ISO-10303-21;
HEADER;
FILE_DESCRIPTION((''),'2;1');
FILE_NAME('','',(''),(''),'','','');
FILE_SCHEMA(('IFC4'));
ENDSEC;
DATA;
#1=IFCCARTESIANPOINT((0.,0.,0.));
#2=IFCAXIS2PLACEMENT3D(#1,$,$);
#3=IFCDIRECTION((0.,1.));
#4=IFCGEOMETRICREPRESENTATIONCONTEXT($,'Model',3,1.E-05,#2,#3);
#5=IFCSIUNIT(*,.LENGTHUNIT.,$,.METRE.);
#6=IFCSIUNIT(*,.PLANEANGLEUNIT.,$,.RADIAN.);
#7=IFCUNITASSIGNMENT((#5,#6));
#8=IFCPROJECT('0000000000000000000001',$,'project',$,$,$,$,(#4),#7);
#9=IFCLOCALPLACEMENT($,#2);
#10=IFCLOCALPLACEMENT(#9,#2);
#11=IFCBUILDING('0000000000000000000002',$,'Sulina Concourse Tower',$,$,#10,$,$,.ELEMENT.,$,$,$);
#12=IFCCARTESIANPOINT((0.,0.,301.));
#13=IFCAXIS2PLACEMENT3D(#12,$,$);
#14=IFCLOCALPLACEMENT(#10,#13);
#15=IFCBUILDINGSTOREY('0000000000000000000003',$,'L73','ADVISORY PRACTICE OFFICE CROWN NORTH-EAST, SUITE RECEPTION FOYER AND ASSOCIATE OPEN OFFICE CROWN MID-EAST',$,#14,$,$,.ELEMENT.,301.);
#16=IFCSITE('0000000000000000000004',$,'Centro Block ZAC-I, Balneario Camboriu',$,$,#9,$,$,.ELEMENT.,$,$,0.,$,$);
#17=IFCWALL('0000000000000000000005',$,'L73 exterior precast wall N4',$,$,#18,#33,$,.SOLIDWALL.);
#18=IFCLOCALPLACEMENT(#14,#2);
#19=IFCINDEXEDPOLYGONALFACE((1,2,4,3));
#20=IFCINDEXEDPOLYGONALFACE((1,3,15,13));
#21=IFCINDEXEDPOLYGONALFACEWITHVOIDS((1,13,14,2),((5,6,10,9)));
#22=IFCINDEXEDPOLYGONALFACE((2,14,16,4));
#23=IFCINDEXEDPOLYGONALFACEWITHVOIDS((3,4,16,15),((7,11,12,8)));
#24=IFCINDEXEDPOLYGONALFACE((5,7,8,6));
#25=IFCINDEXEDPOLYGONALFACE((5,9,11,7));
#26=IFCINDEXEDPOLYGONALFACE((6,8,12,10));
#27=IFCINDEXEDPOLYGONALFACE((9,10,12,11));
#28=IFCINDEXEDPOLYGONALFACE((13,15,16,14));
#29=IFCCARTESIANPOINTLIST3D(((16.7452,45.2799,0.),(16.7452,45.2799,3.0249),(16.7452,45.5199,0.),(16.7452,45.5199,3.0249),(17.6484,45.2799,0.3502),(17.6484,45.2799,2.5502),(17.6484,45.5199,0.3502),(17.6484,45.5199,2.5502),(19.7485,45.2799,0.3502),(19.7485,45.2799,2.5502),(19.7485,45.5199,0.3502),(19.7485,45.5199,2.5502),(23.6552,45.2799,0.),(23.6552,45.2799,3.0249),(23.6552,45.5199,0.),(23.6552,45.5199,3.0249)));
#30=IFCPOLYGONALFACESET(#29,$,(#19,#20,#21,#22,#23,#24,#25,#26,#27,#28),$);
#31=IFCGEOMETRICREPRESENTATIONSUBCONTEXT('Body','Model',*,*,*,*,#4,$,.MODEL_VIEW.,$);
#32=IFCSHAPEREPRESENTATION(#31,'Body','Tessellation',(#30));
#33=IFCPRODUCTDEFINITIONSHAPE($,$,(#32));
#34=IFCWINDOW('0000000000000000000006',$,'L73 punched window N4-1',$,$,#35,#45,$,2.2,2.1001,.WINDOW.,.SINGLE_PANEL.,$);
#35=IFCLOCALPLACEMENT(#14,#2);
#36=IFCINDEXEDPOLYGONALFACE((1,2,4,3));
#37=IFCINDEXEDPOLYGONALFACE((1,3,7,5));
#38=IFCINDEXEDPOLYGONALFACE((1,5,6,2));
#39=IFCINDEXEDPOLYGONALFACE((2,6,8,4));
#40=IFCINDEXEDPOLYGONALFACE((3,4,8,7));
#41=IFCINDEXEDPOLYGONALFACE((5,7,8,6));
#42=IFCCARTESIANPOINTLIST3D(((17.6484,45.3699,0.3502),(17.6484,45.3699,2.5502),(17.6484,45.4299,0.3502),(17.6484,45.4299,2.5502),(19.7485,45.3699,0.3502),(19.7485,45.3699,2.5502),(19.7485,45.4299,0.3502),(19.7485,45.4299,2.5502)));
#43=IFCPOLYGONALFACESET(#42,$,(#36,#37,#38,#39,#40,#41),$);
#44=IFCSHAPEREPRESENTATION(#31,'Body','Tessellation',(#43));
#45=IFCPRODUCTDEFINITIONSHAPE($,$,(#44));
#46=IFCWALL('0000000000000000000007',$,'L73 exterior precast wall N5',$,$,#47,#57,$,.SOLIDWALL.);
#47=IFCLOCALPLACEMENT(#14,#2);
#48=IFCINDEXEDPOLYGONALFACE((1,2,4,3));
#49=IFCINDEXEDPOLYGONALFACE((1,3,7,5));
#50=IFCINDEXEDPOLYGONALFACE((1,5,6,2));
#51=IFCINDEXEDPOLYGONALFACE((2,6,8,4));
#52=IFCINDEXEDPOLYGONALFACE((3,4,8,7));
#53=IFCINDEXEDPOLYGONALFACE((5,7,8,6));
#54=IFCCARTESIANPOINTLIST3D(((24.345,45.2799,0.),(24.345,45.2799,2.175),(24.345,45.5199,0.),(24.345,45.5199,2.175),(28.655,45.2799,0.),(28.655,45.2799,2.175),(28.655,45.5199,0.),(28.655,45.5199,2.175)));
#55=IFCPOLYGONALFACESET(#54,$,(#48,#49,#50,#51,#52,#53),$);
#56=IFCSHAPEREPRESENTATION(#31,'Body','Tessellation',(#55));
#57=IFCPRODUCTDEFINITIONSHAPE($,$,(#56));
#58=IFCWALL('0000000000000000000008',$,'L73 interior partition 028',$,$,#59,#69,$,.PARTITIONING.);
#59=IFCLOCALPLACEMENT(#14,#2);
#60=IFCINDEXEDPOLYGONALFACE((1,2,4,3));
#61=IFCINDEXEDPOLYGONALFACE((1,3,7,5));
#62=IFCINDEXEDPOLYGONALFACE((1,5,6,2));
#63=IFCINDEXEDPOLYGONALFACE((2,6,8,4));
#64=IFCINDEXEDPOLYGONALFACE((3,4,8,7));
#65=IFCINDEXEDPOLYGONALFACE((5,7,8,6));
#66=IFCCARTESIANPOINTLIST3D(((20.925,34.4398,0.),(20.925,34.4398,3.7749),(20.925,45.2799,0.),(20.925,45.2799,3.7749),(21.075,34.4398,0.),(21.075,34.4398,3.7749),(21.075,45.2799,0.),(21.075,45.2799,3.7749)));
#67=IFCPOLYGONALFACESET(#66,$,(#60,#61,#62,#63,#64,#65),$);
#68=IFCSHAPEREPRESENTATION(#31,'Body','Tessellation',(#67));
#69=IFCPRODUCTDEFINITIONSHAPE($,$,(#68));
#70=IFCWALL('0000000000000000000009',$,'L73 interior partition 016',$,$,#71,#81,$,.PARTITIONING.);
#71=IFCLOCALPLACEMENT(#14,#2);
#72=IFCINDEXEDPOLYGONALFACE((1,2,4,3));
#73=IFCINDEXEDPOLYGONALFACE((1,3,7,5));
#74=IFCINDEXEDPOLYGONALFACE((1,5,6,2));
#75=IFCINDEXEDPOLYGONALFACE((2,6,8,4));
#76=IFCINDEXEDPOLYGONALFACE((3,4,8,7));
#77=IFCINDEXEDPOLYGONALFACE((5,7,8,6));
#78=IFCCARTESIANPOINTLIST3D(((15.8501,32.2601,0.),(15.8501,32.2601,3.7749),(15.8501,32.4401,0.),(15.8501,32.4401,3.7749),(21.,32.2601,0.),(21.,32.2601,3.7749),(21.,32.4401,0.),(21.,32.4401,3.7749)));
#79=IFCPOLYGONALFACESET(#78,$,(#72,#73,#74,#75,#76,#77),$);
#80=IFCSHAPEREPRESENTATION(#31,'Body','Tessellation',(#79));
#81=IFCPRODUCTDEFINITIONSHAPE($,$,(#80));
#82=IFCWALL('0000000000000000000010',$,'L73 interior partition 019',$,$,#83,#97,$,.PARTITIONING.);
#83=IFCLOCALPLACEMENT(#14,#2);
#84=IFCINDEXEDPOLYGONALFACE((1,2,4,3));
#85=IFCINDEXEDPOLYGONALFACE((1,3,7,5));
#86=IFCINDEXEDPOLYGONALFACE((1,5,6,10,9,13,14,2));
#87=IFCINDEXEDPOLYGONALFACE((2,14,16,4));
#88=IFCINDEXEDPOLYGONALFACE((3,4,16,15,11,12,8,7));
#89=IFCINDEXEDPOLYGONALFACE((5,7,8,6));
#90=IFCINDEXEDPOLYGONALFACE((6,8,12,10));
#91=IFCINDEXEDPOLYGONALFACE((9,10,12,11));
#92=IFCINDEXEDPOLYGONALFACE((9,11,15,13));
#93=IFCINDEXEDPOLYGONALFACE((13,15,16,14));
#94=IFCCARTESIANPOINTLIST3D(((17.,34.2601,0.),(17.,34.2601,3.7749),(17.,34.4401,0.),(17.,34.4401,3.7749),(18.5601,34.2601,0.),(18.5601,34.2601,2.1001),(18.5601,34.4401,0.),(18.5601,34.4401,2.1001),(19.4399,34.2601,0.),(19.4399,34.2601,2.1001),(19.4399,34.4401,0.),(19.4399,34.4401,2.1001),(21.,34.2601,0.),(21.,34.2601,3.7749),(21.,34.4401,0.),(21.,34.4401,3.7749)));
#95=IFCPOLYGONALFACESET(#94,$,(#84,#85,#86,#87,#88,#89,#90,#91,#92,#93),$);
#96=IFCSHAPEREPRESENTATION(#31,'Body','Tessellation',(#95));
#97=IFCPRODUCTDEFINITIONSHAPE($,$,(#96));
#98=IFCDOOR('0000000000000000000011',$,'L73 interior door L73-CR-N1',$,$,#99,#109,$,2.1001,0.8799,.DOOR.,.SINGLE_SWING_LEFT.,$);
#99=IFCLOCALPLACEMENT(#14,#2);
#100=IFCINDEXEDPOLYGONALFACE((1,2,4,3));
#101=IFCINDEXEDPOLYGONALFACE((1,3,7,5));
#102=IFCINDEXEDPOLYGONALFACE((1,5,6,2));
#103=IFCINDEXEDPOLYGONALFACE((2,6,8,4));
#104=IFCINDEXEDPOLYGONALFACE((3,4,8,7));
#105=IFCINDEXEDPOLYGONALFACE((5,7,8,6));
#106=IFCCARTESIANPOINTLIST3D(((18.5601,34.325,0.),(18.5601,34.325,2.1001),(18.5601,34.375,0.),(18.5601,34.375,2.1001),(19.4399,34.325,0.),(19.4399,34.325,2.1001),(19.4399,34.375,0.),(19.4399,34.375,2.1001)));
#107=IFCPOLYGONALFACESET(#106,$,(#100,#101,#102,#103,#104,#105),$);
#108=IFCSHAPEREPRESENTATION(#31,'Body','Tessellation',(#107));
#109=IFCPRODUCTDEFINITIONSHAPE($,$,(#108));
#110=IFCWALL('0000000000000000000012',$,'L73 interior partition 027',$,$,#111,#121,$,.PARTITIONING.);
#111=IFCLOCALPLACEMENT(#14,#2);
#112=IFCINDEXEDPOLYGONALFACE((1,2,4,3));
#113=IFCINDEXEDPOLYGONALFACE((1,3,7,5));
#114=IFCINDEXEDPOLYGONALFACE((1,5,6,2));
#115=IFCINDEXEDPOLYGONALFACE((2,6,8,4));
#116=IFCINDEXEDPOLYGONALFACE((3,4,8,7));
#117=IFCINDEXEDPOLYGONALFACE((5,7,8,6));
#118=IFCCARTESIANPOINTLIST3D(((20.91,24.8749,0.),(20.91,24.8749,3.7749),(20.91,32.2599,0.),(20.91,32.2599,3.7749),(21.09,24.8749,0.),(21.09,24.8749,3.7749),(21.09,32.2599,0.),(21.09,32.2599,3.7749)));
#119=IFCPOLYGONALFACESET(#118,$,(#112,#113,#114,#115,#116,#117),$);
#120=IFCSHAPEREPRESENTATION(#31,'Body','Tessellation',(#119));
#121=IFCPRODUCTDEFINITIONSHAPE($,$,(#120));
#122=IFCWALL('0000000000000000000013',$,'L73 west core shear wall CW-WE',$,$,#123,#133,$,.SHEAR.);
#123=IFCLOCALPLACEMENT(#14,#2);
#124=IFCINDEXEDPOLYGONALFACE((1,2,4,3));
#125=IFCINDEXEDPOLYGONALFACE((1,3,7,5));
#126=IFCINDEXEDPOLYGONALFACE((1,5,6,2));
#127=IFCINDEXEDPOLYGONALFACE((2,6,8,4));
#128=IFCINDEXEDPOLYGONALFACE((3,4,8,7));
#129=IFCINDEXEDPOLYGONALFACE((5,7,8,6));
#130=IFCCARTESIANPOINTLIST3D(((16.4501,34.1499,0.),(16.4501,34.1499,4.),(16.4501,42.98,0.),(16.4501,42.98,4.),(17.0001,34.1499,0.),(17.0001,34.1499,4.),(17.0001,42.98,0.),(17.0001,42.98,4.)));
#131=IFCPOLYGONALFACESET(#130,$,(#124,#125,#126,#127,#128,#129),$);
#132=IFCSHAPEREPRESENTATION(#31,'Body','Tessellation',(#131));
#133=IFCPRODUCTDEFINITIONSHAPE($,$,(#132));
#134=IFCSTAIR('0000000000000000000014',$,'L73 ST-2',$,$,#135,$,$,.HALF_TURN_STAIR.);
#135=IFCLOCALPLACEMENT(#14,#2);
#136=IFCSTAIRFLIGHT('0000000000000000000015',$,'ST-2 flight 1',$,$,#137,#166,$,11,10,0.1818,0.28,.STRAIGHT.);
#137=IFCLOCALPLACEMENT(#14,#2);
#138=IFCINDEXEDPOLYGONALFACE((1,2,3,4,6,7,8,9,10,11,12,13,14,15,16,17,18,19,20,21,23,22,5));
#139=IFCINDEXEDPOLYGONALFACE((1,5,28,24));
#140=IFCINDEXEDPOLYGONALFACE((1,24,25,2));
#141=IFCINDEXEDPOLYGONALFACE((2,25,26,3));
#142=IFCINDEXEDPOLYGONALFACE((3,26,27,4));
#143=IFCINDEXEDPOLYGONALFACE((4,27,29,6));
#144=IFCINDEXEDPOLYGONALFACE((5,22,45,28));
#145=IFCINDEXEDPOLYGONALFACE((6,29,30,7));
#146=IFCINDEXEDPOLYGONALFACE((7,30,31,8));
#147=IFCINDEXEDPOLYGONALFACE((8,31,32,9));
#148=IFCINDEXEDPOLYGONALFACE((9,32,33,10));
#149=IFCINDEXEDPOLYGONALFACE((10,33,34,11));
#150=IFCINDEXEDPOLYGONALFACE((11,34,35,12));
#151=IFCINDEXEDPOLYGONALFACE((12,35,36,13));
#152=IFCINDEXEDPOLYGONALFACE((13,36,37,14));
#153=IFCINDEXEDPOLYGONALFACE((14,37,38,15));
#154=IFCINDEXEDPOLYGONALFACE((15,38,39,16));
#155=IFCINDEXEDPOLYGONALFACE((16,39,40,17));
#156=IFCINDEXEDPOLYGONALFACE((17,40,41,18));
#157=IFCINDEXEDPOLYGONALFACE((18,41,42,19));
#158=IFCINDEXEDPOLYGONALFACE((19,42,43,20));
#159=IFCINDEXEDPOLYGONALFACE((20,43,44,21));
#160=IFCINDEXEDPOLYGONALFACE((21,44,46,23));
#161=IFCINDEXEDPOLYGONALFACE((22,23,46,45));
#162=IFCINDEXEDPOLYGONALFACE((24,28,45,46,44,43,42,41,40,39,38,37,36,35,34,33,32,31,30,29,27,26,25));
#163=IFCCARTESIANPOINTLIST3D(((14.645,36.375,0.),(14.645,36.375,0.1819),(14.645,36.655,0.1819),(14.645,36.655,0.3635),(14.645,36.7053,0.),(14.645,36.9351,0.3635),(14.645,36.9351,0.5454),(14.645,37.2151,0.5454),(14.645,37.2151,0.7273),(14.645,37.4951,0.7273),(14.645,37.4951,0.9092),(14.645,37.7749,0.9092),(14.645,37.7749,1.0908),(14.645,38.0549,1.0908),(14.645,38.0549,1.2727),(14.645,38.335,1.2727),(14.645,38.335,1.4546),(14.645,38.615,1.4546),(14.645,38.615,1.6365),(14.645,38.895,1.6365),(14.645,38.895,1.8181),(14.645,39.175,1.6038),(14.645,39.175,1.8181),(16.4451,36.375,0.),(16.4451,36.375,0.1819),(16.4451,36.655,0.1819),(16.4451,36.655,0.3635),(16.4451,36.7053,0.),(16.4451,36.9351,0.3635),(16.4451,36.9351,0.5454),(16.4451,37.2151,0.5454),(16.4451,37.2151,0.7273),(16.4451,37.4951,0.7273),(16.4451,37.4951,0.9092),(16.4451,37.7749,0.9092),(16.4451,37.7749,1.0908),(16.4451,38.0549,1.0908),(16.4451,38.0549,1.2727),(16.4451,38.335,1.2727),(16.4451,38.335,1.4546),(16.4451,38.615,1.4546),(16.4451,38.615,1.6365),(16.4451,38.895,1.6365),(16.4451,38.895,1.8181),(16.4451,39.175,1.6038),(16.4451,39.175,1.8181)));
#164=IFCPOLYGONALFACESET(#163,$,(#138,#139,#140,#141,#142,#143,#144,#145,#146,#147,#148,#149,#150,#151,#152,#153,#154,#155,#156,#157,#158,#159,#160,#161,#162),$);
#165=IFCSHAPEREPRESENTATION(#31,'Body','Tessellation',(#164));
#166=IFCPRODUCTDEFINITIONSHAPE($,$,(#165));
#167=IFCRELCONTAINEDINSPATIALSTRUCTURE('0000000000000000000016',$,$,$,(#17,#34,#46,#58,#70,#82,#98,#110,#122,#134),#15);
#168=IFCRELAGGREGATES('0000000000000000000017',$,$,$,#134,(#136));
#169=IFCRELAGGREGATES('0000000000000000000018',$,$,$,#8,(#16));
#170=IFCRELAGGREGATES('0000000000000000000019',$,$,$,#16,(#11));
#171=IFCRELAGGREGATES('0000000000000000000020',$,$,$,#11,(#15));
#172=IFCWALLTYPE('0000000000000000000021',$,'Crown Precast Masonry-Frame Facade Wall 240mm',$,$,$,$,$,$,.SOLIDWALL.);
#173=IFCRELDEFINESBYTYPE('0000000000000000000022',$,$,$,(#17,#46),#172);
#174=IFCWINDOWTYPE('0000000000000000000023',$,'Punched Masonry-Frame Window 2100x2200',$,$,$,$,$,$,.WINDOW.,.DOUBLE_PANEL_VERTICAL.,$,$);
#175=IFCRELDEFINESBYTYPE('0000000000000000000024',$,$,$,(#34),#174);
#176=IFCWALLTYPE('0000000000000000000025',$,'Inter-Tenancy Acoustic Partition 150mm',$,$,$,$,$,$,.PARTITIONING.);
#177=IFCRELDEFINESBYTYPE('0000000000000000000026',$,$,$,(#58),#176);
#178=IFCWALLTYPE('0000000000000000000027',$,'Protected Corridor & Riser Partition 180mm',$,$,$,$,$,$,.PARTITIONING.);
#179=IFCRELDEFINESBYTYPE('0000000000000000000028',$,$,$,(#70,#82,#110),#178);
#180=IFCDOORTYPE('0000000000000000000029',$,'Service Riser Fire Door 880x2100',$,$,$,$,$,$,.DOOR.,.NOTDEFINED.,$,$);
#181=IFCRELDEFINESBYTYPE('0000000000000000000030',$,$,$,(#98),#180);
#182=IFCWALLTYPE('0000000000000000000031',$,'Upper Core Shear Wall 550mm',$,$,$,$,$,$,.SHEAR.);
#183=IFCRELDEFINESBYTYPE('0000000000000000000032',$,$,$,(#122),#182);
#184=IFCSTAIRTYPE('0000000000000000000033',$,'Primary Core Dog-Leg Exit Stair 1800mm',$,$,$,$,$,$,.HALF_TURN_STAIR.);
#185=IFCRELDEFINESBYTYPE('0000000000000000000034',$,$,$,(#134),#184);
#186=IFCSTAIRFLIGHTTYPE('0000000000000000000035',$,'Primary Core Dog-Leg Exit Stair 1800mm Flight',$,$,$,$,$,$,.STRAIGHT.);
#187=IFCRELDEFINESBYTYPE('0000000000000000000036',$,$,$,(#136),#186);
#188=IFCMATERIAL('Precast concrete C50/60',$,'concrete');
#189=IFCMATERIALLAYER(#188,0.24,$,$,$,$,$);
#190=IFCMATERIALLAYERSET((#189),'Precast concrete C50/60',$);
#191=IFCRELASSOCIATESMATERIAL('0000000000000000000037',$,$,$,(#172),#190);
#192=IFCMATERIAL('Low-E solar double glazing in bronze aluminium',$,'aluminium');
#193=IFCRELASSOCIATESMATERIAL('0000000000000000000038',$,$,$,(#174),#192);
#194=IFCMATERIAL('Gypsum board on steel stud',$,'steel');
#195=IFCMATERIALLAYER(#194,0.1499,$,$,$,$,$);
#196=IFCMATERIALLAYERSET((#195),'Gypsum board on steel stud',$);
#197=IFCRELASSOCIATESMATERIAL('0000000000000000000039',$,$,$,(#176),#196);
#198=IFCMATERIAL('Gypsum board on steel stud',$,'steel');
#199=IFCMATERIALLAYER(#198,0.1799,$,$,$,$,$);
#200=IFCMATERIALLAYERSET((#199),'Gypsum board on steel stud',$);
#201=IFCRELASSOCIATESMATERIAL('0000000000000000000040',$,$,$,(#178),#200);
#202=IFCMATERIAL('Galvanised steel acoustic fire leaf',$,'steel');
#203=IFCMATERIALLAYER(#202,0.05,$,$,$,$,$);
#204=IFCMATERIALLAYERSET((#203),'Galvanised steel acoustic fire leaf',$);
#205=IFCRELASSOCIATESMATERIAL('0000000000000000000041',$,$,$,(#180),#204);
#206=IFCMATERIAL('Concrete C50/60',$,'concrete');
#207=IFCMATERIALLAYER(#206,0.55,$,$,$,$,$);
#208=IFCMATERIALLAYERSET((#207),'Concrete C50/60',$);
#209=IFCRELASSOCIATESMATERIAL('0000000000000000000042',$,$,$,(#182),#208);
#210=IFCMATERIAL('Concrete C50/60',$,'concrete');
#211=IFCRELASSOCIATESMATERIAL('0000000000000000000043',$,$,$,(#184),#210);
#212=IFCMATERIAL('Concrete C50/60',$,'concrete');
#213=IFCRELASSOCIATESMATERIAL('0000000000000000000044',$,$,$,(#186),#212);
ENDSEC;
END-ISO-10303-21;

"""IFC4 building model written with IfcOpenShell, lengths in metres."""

from ifc_helpers import new_model, si_unit, direction, frame, frame_2d, origin, place, context, subcontext, project, spatial, polyline, rectangle, outline, extrude, material, layer, layer_set, type_object, element, fill, aggregate, save


model = new_model("IFC4")

# Units and contexts
model_context = context("Model", 3, precision=1e-05, world=origin(), true_north=direction((0.0, 1.0)))
body_context = subcontext(model_context, "Body", "Model", "MODEL_VIEW")
ifc_project = project(units=[si_unit("LENGTHUNIT", "METRE"), si_unit("PLANEANGLEUNIT", "RADIAN")], contexts=[model_context])

# Site, building, storey
site_placement = place(None, origin())
site = spatial("IfcSite", under=ifc_project, at=site_placement, Name="Centro Block ZAC-I, Balneario Camboriu", CompositionType="ELEMENT", RefElevation=0.0)
building_placement = place(site_placement, origin())
building = spatial("IfcBuilding", under=site, at=building_placement, Name="Sulina Concourse Tower", CompositionType="ELEMENT")
storey_placement = place(building_placement, frame((0.0, 0.0, 301.0)))
storey = spatial("IfcBuildingStorey", under=building, at=storey_placement, Name="L73", Description="ADVISORY PRACTICE OFFICE CROWN NORTH-EAST, SUITE RECEPTION FOYER AND ASSOCIATE OPEN OFFICE CROWN MID-EAST", CompositionType="ELEMENT", Elevation=301.0)

# Shared definitions
ifc_material_1 = material(Name="Precast concrete C50/60", Category="concrete")
ifc_layer_1 = layer(ifc_material_1, 0.24)
ifc_layer_set_1 = layer_set([ifc_layer_1], Name="Precast concrete C50/60")
wall_type_1 = type_object("IfcWallType", Name="Crown Precast Masonry-Frame Facade Wall 240mm", PredefinedType="SOLIDWALL", material=ifc_layer_set_1)

# Wall, opening, window
wall_1_placement = place(storey_placement, frame((16.7451, 45.3999, 0.0), z_axis=(0.0, 0.0, 1.0), x_axis=(1.0, 0.0, 0.0)))
wall_1 = element("IfcWall", 1, at=wall_1_placement, inside=storey, type_object=wall_type_1, Name="L73 exterior precast wall N4", PredefinedType="SOLIDWALL", context=body_context, shape_type="SweptSolid", body=[
    extrude(rectangle(XDim=6.9099, YDim=0.24, at=frame_2d((3.4551, 0.0))), origin(), (0.0, 0.0, 1.0), 3.0249),
])
opening_1_placement = place(wall_1_placement, frame((0.9033, 0.0, 0.3501)))
opening_1 = element("IfcOpeningElement", 2, at=opening_1_placement, cuts=wall_1, PredefinedType="OPENING", context=body_context, shape_type="SweptSolid", body=[
    extrude(rectangle(XDim=2.1001, YDim=2.2, at=frame_2d((1.05, 1.1001))), frame((0.0, 0.1299, 0.0), z_axis=(0.0, -1.0, 0.0), x_axis=(1.0, 0.0, 0.0)), (0.0, 0.0, 1.0), 0.26),
])
ifc_material_2 = material(Name="Low-E solar double glazing in bronze aluminium", Category="aluminium")
window_type = type_object("IfcWindowType", Name="Punched Masonry-Frame Window 2100x2200", PartitioningType="DOUBLE_PANEL_VERTICAL", PredefinedType="WINDOW", material=ifc_material_2)
window_placement = place(opening_1_placement, origin())
window = element("IfcWindow", 3, at=window_placement, inside=storey, type_object=window_type, Name="L73 punched window N4-1", OverallHeight=2.2, OverallWidth=2.1001, PartitioningType="SINGLE_PANEL", PredefinedType="WINDOW", context=body_context, shape_type="SweptSolid", body=[
    extrude(rectangle(XDim=2.1001, YDim=2.2, at=frame_2d((1.05, 1.1001))), frame((0.0, 0.03, 0.0), z_axis=(0.0, -1.0, 0.0), x_axis=(1.0, 0.0, 0.0)), (0.0, 0.0, 1.0), 0.0601),
])
fill(opening_1, window)

# Walls
wall_2_placement = place(storey_placement, frame((24.345, 45.3999, 0.0), z_axis=(0.0, 0.0, 1.0), x_axis=(1.0, 0.0, 0.0)))
element("IfcWall", 4, at=wall_2_placement, inside=storey, type_object=wall_type_1, Name="L73 exterior precast wall N5", PredefinedType="SOLIDWALL", context=body_context, shape_type="SweptSolid", body=[
    extrude(rectangle(XDim=4.3101, YDim=0.24, at=frame_2d((2.155, 0.0))), origin(), (0.0, 0.0, 1.0), 2.175),
])
ifc_material_3 = material(Name="Gypsum board on steel stud", Category="steel")
ifc_layer_2 = layer(ifc_material_3, 0.1499)
ifc_layer_set_2 = layer_set([ifc_layer_2], Name="Gypsum board on steel stud")
wall_type_2 = type_object("IfcWallType", Name="Inter-Tenancy Acoustic Partition 150mm", PredefinedType="PARTITIONING", material=ifc_layer_set_2)
wall_3_placement = place(storey_placement, frame((21.0, 34.4399, 0.0), z_axis=(0.0, 0.0, 1.0), x_axis=(0.0, 1.0, 0.0)))
element("IfcWall", 5, at=wall_3_placement, inside=storey, type_object=wall_type_2, Name="L73 interior partition 028", PredefinedType="PARTITIONING", context=body_context, shape_type="SweptSolid", body=[
    extrude(rectangle(XDim=10.8401, YDim=0.1499, at=frame_2d((5.4199, 0.0))), origin(), (0.0, 0.0, 1.0), 3.7749),
])
ifc_material_4 = material(Name="Gypsum board on steel stud", Category="steel")
ifc_layer_3 = layer(ifc_material_4, 0.1799)
ifc_layer_set_3 = layer_set([ifc_layer_3], Name="Gypsum board on steel stud")
wall_type_3 = type_object("IfcWallType", Name="Protected Corridor & Riser Partition 180mm", PredefinedType="PARTITIONING", material=ifc_layer_set_3)
wall_4_placement = place(storey_placement, frame((15.8501, 32.3501, 0.0), z_axis=(0.0, 0.0, 1.0), x_axis=(1.0, 0.0, 0.0)))
element("IfcWall", 6, at=wall_4_placement, inside=storey, type_object=wall_type_3, Name="L73 interior partition 016", PredefinedType="PARTITIONING", context=body_context, shape_type="SweptSolid", body=[
    extrude(rectangle(XDim=5.1499, YDim=0.1799, at=frame_2d((2.575, 0.0))), origin(), (0.0, 0.0, 1.0), 3.7749),
])

# Wall, opening, door
wall_5_placement = place(storey_placement, frame((17.0, 34.3501, 0.0), z_axis=(0.0, 0.0, 1.0), x_axis=(1.0, 0.0, 0.0)))
wall_5 = element("IfcWall", 7, at=wall_5_placement, inside=storey, type_object=wall_type_3, Name="L73 interior partition 019", PredefinedType="PARTITIONING", context=body_context, shape_type="SweptSolid", body=[
    extrude(rectangle(XDim=4.0, YDim=0.1799, at=frame_2d((2.0, 0.0))), origin(), (0.0, 0.0, 1.0), 3.7749),
])
opening_2_placement = place(wall_5_placement, frame((1.5601, 0.0, 0.0)))
opening_2 = element("IfcOpeningElement", 8, at=opening_2_placement, cuts=wall_5, PredefinedType="OPENING", context=body_context, shape_type="SweptSolid", body=[
    extrude(rectangle(XDim=0.8799, YDim=2.1001, at=frame_2d((0.4399, 1.05))), frame((0.0, 0.0999, 0.0), z_axis=(0.0, -1.0, 0.0), x_axis=(1.0, 0.0, 0.0)), (0.0, 0.0, 1.0), 0.2),
])
ifc_material_5 = material(Name="Galvanised steel acoustic fire leaf", Category="steel")
ifc_layer_4 = layer(ifc_material_5, 0.05)
ifc_layer_set_4 = layer_set([ifc_layer_4], Name="Galvanised steel acoustic fire leaf")
door_type_1 = type_object("IfcDoorType", Name="Service Riser Fire Door 880x2100", OperationType="NOTDEFINED", PredefinedType="DOOR", material=ifc_layer_set_4)
door_1_placement = place(opening_2_placement, origin())
door_1 = element("IfcDoor", 9, at=door_1_placement, inside=storey, type_object=door_type_1, Name="L73 interior door L73-CR-N1", OperationType="SINGLE_SWING_LEFT", OverallHeight=2.1001, OverallWidth=0.8799, PredefinedType="DOOR", context=body_context, shape_type="SweptSolid", body=[
    extrude(rectangle(XDim=0.8799, YDim=2.1001, at=frame_2d((0.4399, 1.05))), frame((0.0, 0.0249, 0.0), z_axis=(0.0, -1.0, 0.0), x_axis=(1.0, 0.0, 0.0)), (0.0, 0.0, 1.0), 0.05),
])
fill(opening_2, door_1)

# Walls
wall_6_placement = place(storey_placement, frame((21.0, 24.875, 0.0), z_axis=(0.0, 0.0, 1.0), x_axis=(0.0, 1.0, 0.0)))
element("IfcWall", 10, at=wall_6_placement, inside=storey, type_object=wall_type_3, Name="L73 interior partition 027", PredefinedType="PARTITIONING", context=body_context, shape_type="SweptSolid", body=[
    extrude(rectangle(XDim=7.385, YDim=0.1799, at=frame_2d((3.6924, 0.0))), origin(), (0.0, 0.0, 1.0), 3.7749),
])
ifc_material_6 = material(Name="Concrete C50/60", Category="concrete")
ifc_layer_5 = layer(ifc_material_6, 0.55)
ifc_layer_set_5 = layer_set([ifc_layer_5], Name="Concrete C50/60")
wall_type_4 = type_object("IfcWallType", Name="Upper Core Shear Wall 550mm", PredefinedType="SHEAR", material=ifc_layer_set_5)
wall_7_placement = place(storey_placement, frame((16.7251, 34.1499, 0.0), z_axis=(0.0, 0.0, 1.0), x_axis=(0.0, 1.0, 0.0)))
element("IfcWall", 11, at=wall_7_placement, inside=storey, type_object=wall_type_4, Name="L73 west core shear wall CW-WE", PredefinedType="SHEAR", context=body_context, shape_type="SweptSolid", body=[
    extrude(rectangle(XDim=8.8301, YDim=0.55, at=frame_2d((4.415, 0.0))), origin(), (0.0, 0.0, 1.0), 4.0),
])

# Stair, stair flight
ifc_material_7 = material(Name="Concrete C50/60", Category="concrete")
stair_type = type_object("IfcStairType", Name="Primary Core Dog-Leg Exit Stair 1800mm", PredefinedType="HALF_TURN_STAIR", material=ifc_material_7)
stair_placement = place(storey_placement, origin())
stair = element("IfcStair", 12, at=stair_placement, inside=storey, type_object=stair_type, Name="L73 ST-2", PredefinedType="HALF_TURN_STAIR")
ifc_material_8 = material(Name="Concrete C50/60", Category="concrete")
stair_flight_type = type_object("IfcStairFlightType", Name="Primary Core Dog-Leg Exit Stair 1800mm Flight", PredefinedType="STRAIGHT", material=ifc_material_8)
stair_flight_1_placement = place(storey_placement, frame((15.5449, 36.375, 0.0), z_axis=(0.0, 0.0, 1.0), x_axis=(0.0, 1.0, 0.0)))
stair_flight_1 = element("IfcStairFlight", 13, at=stair_flight_1_placement, type_object=stair_flight_type, Name="ST-2 flight 1", NumberOfRisers=11, NumberOfTreads=10, PredefinedType="STRAIGHT", RiserHeight=0.1818, TreadLength=0.28, context=body_context, shape_type="SweptSolid", body=[
    extrude(outline(polyline([(0.0, 0.0), (0.0, 0.1819), (0.28, 0.1819), (0.28, 0.3635), (0.5601, 0.3635), (0.5601, 0.5454), (0.8401, 0.5454), (0.8401, 0.7273), (1.1201, 0.7273), (1.1201, 0.9092), (1.3999, 0.9092), (1.3999, 1.0908), (1.6799, 1.0908), (1.6799, 1.2727), (1.96, 1.2727), (1.96, 1.4546), (2.24, 1.4546), (2.24, 1.6365), (2.52, 1.6365), (2.52, 1.8181), (2.8, 1.8181), (2.8, 2.0), (2.8, 1.6038), (0.3303, 0.0), (0.0, 0.0)])), frame((0.0, 0.8999, 0.0), z_axis=(0.0, -1.0, 0.0), x_axis=(1.0, 0.0, 0.0)), (0.0, 0.0, 1.0), 1.8),
])
aggregate(stair, [stair_flight_1])

save(model, "model.ifc")
